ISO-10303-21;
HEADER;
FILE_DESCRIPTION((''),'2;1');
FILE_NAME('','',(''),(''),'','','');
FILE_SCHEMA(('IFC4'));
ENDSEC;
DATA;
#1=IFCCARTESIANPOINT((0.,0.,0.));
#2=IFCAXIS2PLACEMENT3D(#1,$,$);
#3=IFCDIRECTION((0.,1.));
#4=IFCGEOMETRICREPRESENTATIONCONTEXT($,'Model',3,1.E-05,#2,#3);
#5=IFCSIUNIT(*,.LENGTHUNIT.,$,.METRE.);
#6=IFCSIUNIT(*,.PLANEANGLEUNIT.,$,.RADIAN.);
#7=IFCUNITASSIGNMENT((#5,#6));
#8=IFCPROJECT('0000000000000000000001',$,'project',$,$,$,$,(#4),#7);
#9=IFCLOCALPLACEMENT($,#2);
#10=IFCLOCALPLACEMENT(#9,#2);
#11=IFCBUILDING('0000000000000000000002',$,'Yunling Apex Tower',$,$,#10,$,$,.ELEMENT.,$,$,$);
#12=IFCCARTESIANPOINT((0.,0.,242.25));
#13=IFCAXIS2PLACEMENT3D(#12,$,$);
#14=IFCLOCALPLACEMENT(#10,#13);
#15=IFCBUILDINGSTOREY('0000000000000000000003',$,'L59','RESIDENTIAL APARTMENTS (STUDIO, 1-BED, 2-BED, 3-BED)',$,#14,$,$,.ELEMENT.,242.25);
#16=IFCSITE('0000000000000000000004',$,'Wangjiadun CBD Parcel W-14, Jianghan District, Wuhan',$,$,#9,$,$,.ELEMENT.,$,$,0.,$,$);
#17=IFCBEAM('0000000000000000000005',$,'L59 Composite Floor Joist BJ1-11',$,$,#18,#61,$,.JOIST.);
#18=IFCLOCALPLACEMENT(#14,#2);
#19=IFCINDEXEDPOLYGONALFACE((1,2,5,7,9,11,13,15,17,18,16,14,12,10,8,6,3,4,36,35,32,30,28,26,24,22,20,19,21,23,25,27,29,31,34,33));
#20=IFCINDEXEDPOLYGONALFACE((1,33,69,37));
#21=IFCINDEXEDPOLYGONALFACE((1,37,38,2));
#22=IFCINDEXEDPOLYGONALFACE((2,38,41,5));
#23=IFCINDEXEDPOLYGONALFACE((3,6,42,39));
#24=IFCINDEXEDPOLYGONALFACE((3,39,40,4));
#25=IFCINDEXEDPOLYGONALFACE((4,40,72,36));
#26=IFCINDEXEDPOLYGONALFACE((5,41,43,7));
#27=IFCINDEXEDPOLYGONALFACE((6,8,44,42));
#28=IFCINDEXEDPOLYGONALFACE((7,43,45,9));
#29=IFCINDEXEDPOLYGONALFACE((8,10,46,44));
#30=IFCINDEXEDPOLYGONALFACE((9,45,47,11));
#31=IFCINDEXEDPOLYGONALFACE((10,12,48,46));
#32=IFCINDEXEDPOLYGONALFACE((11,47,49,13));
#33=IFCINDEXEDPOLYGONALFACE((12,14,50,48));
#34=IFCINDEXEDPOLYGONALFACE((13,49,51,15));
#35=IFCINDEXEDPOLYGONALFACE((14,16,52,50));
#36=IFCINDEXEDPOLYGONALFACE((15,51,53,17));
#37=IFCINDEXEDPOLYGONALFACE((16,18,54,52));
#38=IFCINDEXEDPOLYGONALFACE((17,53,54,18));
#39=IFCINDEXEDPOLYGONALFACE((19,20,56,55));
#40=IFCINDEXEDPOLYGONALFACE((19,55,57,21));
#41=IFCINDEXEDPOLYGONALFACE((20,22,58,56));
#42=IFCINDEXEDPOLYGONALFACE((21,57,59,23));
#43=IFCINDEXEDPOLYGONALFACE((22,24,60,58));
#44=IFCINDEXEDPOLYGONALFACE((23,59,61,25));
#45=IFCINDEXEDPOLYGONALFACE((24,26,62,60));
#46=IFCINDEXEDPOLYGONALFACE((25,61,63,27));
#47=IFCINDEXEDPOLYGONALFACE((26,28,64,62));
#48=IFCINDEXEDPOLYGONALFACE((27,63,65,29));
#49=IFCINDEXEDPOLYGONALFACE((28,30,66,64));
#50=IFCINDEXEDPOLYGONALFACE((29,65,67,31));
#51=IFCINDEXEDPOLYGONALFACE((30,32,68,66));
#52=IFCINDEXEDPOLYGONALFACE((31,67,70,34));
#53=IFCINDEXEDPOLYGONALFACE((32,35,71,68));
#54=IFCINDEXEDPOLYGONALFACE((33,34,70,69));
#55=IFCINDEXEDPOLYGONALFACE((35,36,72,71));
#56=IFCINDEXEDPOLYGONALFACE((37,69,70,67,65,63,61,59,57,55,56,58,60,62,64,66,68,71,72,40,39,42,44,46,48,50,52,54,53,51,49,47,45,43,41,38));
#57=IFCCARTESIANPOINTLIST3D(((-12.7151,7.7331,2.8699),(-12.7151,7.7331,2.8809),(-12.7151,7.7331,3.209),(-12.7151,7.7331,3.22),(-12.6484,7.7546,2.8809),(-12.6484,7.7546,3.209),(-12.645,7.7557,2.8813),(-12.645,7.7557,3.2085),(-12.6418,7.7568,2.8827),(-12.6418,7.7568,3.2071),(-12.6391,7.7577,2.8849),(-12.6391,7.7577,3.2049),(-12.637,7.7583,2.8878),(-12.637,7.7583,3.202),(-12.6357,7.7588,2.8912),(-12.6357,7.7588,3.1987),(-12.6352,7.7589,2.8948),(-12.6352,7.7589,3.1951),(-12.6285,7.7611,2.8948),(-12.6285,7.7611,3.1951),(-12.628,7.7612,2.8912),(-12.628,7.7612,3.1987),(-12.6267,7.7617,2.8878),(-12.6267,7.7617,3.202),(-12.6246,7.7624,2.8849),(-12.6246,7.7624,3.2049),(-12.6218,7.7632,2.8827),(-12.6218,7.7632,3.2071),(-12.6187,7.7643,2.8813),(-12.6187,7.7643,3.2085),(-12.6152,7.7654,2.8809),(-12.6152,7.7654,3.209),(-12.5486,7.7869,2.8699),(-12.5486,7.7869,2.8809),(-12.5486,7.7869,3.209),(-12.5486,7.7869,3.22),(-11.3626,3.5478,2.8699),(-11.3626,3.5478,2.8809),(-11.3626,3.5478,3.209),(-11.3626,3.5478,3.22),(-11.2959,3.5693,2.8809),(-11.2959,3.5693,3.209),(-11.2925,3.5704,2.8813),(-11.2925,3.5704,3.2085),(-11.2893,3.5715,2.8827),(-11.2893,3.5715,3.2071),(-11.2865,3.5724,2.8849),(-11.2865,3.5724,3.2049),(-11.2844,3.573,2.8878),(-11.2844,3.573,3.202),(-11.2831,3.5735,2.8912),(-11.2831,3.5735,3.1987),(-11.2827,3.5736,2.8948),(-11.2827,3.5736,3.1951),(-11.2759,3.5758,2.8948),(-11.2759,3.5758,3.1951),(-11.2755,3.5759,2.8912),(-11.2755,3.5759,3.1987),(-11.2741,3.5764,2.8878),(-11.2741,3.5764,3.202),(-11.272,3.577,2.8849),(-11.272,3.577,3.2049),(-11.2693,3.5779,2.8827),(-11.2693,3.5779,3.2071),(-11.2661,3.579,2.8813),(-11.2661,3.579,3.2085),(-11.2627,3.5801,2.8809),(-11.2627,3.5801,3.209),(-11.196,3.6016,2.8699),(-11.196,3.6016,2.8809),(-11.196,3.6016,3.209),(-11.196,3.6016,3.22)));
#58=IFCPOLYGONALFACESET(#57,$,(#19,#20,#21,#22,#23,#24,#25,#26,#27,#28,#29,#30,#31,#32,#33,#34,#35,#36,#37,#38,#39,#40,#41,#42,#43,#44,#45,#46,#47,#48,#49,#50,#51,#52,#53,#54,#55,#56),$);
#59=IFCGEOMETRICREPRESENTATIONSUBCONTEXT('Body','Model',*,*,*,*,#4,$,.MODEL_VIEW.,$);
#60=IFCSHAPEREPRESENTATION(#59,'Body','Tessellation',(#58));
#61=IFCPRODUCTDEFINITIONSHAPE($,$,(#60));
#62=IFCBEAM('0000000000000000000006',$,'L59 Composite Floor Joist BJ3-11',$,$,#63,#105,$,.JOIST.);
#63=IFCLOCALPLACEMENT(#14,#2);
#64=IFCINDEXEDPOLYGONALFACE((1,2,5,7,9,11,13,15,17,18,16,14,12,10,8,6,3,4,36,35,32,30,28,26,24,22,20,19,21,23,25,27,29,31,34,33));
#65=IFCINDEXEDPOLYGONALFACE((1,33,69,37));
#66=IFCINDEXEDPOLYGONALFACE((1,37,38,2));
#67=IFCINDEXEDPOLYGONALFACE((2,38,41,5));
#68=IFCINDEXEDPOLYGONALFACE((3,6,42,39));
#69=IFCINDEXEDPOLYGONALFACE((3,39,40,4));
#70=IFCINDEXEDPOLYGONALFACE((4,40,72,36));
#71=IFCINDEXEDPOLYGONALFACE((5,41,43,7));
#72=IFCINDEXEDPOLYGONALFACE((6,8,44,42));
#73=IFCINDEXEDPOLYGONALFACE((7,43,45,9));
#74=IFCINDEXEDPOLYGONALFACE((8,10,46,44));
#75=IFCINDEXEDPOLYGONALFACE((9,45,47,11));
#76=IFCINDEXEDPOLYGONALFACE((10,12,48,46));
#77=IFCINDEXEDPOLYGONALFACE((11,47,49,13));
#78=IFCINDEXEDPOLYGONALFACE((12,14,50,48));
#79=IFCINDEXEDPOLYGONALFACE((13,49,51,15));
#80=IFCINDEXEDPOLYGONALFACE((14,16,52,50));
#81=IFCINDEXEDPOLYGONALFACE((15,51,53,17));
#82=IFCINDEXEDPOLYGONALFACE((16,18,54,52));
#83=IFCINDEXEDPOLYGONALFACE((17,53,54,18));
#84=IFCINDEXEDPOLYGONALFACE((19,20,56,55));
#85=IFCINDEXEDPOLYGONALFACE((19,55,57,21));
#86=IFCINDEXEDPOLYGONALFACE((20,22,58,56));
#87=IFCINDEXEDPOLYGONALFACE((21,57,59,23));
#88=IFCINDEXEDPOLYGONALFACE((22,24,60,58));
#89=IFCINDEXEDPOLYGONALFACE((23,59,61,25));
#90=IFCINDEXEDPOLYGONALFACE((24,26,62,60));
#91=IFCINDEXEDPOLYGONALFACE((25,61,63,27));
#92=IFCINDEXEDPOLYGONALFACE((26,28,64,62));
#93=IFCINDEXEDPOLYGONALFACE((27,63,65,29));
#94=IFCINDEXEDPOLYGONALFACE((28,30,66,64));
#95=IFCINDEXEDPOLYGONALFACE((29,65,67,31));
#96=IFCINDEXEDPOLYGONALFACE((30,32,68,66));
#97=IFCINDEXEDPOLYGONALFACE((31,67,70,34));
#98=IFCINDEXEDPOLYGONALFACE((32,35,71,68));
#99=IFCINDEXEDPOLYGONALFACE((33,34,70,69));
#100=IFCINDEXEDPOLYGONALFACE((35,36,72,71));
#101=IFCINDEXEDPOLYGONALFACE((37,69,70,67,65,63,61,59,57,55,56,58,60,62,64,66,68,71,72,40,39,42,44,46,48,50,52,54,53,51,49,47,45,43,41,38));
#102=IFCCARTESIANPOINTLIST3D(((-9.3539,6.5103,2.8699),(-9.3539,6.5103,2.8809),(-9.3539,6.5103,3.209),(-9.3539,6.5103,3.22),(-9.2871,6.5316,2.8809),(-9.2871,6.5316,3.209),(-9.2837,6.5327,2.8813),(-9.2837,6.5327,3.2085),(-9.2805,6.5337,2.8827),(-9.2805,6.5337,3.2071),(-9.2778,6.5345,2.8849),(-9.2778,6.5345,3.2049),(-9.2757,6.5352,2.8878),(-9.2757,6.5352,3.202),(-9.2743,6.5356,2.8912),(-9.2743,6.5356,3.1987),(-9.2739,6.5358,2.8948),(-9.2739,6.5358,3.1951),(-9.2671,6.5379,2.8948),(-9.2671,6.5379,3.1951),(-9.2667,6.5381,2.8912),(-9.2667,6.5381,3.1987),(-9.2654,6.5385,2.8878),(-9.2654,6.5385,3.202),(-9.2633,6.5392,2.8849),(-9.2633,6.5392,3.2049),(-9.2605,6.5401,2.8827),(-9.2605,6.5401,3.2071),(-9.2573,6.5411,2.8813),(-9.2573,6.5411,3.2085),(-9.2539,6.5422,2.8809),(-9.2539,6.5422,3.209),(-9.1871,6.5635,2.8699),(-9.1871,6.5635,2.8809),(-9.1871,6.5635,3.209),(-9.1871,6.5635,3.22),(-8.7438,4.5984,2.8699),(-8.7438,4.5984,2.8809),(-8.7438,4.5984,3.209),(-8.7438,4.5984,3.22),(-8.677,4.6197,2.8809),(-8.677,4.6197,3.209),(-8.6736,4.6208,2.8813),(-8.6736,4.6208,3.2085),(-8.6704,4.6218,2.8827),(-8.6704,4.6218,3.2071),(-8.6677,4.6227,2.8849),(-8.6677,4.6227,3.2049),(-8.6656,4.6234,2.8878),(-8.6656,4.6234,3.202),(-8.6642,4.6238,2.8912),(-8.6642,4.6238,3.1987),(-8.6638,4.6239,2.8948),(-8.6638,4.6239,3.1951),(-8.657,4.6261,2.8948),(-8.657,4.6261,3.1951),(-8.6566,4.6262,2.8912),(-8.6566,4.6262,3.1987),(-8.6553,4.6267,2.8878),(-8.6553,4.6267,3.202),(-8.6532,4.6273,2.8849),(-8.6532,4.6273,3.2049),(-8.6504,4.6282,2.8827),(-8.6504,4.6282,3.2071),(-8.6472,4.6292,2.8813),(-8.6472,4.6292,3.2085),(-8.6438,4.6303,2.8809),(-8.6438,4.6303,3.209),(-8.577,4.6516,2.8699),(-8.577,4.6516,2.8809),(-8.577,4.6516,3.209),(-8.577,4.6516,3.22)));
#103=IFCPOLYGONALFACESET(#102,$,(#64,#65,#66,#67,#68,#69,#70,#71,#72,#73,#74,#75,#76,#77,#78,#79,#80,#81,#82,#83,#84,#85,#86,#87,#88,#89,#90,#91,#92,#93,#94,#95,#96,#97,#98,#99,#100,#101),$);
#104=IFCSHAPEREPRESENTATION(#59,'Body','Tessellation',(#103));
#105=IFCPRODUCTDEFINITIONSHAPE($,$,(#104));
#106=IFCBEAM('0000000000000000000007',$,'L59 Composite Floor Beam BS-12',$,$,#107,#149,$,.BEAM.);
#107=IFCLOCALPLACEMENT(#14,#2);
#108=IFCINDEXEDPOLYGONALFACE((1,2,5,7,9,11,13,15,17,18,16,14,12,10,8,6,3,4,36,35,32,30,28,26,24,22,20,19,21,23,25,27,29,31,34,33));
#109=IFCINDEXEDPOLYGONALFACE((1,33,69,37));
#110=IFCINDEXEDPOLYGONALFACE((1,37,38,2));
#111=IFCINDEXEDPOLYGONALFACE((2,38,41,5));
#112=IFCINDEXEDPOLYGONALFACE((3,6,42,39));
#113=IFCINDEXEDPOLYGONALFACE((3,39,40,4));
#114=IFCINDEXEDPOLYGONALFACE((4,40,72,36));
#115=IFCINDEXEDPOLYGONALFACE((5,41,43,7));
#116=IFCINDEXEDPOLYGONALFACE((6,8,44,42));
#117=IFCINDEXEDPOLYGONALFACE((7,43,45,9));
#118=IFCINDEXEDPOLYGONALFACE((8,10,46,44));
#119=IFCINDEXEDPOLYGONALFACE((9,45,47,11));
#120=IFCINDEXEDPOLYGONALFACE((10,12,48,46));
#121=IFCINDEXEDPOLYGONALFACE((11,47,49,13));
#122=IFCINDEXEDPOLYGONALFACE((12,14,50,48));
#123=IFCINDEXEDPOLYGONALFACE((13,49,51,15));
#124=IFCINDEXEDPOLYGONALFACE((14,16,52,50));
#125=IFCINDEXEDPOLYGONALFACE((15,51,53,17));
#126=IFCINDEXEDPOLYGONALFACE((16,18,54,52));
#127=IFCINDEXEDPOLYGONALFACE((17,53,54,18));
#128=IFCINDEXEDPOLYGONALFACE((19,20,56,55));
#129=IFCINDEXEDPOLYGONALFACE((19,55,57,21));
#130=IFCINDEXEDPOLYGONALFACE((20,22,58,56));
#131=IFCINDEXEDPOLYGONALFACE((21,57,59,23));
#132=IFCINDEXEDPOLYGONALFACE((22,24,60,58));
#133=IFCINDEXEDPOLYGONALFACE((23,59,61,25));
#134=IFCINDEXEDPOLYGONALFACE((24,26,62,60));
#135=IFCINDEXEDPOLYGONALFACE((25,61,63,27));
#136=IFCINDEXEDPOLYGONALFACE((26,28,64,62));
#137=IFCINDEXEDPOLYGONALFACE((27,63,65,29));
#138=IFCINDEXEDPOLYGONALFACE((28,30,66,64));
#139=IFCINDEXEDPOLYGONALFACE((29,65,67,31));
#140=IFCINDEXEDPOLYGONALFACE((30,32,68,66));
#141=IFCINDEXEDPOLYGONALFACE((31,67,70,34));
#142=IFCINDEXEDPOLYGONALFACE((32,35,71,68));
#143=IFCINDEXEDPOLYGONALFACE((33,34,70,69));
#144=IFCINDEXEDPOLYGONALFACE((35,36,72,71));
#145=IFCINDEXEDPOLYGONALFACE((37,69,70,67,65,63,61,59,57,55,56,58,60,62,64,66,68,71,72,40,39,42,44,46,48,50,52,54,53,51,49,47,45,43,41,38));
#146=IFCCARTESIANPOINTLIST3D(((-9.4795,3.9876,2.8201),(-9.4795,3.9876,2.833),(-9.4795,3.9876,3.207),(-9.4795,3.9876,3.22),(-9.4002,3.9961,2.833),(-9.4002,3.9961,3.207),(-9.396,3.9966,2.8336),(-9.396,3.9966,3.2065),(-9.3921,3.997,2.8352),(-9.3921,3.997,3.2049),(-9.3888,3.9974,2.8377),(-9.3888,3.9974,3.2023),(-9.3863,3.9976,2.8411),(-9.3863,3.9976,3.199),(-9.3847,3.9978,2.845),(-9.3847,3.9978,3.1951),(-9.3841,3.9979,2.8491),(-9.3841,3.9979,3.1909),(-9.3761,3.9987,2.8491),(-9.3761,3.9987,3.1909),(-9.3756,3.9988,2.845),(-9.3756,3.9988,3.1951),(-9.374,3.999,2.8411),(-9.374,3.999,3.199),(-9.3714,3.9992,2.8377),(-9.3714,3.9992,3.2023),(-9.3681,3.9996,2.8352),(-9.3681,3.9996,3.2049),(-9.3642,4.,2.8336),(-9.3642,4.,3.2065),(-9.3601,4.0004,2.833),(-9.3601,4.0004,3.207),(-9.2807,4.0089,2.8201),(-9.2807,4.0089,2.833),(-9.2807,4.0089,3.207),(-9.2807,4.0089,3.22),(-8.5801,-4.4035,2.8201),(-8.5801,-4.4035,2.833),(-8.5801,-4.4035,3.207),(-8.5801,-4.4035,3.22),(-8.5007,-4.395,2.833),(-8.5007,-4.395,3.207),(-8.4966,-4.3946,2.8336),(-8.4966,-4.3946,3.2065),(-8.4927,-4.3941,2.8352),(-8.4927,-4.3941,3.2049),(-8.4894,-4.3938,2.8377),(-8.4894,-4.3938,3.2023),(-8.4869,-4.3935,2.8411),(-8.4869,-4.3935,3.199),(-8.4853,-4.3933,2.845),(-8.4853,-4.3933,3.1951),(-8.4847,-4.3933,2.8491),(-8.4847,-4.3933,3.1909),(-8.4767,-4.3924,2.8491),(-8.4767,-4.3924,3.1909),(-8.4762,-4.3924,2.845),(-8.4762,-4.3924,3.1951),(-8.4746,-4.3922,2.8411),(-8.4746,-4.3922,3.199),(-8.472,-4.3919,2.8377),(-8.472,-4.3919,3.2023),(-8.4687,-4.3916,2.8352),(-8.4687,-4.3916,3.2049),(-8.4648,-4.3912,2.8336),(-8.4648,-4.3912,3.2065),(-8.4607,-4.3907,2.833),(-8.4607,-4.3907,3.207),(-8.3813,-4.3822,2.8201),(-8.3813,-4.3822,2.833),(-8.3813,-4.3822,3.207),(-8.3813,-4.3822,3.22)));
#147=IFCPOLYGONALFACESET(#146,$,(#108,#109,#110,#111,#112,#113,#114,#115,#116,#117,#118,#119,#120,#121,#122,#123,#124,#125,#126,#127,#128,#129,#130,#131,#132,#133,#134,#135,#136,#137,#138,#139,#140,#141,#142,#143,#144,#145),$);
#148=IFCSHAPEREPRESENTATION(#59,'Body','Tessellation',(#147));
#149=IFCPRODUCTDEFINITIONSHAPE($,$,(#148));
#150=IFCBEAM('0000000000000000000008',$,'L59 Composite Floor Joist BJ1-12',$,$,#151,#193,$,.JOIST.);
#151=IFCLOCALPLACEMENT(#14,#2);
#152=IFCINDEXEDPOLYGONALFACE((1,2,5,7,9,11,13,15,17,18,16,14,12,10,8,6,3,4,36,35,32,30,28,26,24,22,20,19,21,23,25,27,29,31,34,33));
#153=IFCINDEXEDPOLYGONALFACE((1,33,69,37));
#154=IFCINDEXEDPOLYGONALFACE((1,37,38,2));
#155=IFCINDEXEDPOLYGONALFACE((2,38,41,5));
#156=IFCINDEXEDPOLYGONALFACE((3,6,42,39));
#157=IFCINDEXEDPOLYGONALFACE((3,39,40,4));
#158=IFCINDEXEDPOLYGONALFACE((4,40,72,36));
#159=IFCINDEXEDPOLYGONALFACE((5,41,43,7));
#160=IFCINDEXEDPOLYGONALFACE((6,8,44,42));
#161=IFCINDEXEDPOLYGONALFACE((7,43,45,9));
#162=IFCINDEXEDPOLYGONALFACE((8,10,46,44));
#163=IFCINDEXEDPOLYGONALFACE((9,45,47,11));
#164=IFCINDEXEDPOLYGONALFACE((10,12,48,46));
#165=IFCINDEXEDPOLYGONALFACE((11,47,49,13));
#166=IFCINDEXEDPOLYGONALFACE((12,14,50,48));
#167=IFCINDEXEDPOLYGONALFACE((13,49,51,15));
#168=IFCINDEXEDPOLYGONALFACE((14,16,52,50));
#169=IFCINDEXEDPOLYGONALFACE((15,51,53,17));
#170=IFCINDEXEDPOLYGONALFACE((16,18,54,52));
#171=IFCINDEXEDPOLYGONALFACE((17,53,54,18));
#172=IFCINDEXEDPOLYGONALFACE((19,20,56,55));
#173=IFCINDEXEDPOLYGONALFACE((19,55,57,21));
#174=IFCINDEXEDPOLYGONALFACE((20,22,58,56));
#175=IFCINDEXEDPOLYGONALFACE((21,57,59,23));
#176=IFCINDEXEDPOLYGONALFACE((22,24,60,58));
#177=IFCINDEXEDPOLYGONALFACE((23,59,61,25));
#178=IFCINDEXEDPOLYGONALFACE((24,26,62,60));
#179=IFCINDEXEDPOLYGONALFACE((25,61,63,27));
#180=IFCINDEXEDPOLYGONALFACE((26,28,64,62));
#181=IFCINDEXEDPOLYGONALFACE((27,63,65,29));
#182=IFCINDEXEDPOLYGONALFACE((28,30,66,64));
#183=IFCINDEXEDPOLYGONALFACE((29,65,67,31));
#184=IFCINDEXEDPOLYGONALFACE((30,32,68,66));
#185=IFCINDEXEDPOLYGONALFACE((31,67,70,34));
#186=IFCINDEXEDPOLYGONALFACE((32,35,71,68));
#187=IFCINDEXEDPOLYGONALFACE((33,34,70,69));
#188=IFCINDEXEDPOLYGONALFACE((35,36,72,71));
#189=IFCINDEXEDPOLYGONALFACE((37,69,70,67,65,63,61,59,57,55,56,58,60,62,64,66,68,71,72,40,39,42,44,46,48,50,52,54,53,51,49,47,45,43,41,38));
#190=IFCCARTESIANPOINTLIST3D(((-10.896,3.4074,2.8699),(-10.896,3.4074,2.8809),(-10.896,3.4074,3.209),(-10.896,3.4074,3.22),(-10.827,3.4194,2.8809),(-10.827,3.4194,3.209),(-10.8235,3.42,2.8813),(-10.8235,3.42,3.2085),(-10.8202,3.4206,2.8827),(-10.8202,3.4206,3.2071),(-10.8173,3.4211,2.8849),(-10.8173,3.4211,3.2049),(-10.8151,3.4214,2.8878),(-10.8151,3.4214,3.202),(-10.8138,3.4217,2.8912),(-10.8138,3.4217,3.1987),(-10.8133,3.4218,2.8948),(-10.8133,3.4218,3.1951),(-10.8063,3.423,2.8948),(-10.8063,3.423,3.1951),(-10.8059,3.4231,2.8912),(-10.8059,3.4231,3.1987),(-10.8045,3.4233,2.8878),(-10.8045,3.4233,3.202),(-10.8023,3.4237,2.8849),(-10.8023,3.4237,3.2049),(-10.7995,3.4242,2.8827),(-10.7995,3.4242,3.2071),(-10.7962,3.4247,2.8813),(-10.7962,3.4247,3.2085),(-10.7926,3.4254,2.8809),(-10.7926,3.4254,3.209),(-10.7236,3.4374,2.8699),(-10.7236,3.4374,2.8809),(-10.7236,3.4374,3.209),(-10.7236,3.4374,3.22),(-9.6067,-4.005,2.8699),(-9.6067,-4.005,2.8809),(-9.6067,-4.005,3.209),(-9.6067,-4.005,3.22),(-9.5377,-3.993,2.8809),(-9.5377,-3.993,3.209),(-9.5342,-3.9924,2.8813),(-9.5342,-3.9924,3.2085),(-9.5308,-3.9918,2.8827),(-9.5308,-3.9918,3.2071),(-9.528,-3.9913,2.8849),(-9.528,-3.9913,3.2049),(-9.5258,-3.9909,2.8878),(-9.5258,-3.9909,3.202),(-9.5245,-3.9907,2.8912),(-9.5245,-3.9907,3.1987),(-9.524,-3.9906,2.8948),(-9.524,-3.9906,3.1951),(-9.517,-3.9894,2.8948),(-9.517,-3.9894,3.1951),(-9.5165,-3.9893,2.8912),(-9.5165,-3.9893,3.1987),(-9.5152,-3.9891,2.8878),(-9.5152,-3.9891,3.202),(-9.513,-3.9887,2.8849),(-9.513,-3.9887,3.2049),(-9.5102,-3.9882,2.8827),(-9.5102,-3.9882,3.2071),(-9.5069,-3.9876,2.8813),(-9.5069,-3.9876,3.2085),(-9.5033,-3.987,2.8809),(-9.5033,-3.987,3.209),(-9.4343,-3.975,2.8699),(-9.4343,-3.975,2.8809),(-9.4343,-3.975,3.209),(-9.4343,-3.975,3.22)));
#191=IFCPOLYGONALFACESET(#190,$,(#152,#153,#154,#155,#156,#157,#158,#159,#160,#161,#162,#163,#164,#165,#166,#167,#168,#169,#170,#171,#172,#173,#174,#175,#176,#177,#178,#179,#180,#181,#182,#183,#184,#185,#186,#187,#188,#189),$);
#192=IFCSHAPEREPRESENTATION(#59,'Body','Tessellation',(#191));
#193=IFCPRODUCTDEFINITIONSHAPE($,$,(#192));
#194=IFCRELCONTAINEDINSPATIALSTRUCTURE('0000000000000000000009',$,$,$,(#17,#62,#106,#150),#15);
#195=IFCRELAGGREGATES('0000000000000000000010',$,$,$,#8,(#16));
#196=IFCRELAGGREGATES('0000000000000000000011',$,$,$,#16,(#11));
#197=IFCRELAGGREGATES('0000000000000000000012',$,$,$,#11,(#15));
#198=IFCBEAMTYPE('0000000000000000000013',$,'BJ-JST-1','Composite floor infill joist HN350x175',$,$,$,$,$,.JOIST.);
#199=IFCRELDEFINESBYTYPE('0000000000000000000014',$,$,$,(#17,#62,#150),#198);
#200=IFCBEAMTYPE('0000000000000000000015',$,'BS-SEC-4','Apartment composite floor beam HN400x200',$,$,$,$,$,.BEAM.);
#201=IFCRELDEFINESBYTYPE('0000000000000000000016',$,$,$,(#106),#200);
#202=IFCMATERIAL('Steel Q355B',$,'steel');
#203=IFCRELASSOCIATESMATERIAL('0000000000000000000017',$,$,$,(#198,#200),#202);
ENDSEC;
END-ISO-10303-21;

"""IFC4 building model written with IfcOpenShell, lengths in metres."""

from ifc_helpers import new_model, si_unit, direction, frame, origin, origin_2d, place, context, subcontext, project, spatial, i_section, extrude, source, transform, mapped, material, material_profile, profile_set, type_object, element, save


model = new_model("IFC4")

# Units and contexts
model_context = context("Model", 3, precision=1e-05, world=origin(), true_north=direction((0.0, 1.0)))
body_context = subcontext(model_context, "Body", "Model", "MODEL_VIEW")
ifc_project = project(units=[si_unit("LENGTHUNIT", "METRE"), si_unit("PLANEANGLEUNIT", "RADIAN")], contexts=[model_context])

# Site, building, storey
site_placement = place(None, origin())
site = spatial("IfcSite", under=ifc_project, at=site_placement, Name="Wangjiadun CBD Parcel W-14, Jianghan District, Wuhan", CompositionType="ELEMENT", RefElevation=0.0)
building_placement = place(site_placement, origin())
building = spatial("IfcBuilding", under=site, at=building_placement, Name="Yunling Apex Tower", CompositionType="ELEMENT")
storey_placement = place(building_placement, frame((0.0, 0.0, 242.25)))
storey = spatial("IfcBuildingStorey", under=building, at=storey_placement, Name="L59", Description="RESIDENTIAL APARTMENTS (STUDIO, 1-BED, 2-BED, 3-BED)", CompositionType="ELEMENT", Elevation=242.25)

# Beams
ifc_material_1 = material(Name="Steel Q355B", Category="steel")
ifc_material_profile_1 = material_profile(ifc_material_1, i_section(OverallWidth=0.175, OverallDepth=0.3501, WebThickness=0.0071, FlangeThickness=0.011, FilletRadius=0.0139, at=origin_2d()))
ifc_profile_set_1 = profile_set([ifc_material_profile_1], Name="Steel Q355B")
beam_type_1 = type_object("IfcBeamType", Name="BJ-JST-1", Description="Composite floor infill joist HN350x175", PredefinedType="JOIST", material=ifc_profile_set_1)
ifc_material_profile_2 = material_profile(ifc_material_1, i_section(OverallWidth=0.2, OverallDepth=0.3999, WebThickness=0.0081, FlangeThickness=0.0129, FilletRadius=0.0161, at=origin_2d()))
ifc_profile_set_2 = profile_set([ifc_material_profile_2], Name="Steel Q355B")
beam_type_2 = type_object("IfcBeamType", Name="BS-SEC-4", Description="Apartment composite floor beam HN400x200", PredefinedType="BEAM", material=ifc_profile_set_2)
shared_shape_1 = source(origin(), body_context, "Body", "SweptSolid", [
    extrude(i_section(OverallWidth=0.175, OverallDepth=0.3501, WebThickness=0.0071, FlangeThickness=0.011, FilletRadius=0.0139, at=origin_2d()), origin(), (0.0, 0.0, 1.0), 4.3984),
])
beam_1_placement = place(storey_placement, frame((-12.6318, 7.76, 3.0449), z_axis=(0.307505, -0.951546, 0.0), x_axis=(0.951546, 0.307505, 0.0)))
element("IfcBeam", 1, at=beam_1_placement, inside=storey, type_object=beam_type_1, Name="L59 Composite Floor Joist BJ1-11", PredefinedType="JOIST", context=body_context, shape_type="MappedRepresentation", body=[
    mapped(shared_shape_1, transform((0.0, 0.0, 0.0), scale=1.0)),
])
shared_shape_2 = source(origin(), body_context, "Body", "SweptSolid", [
    extrude(i_section(OverallWidth=0.175, OverallDepth=0.3501, WebThickness=0.0071, FlangeThickness=0.011, FilletRadius=0.0139, at=origin_2d()), origin(), (0.0, 0.0, 1.0), 2.0068),
])
beam_2_placement = place(storey_placement, frame((-9.2705, 6.5369, 3.0449), z_axis=(0.304012, -0.952668, 0.0), x_axis=(0.952668, 0.304012, 0.0)))
element("IfcBeam", 2, at=beam_2_placement, inside=storey, type_object=beam_type_1, Name="L59 Composite Floor Joist BJ3-11", PredefinedType="JOIST", context=body_context, shape_type="MappedRepresentation", body=[
    mapped(shared_shape_2, transform((0.0, 0.0, 0.0), scale=1.0)),
])
shared_shape_3 = source(origin(), body_context, "Body", "SweptSolid", [
    extrude(i_section(OverallWidth=0.2, OverallDepth=0.3999, WebThickness=0.0081, FlangeThickness=0.0129, FilletRadius=0.0161, at=origin_2d()), origin(), (0.0, 0.0, 1.0), 8.4392),
])
beam_3_placement = place(storey_placement, frame((-9.3801, 3.9983, 3.02), z_axis=(0.106576, -0.994305, 0.0), x_axis=(0.994305, 0.106576, 0.0)))
element("IfcBeam", 3, at=beam_3_placement, inside=storey, type_object=beam_type_2, Name="L59 Composite Floor Beam BS-12", PredefinedType="BEAM", context=body_context, shape_type="MappedRepresentation", body=[
    mapped(shared_shape_3, transform((0.0, 0.0, 0.0), scale=1.0)),
])
shared_shape_4 = source(origin(), body_context, "Body", "SweptSolid", [
    extrude(i_section(OverallWidth=0.175, OverallDepth=0.3501, WebThickness=0.0071, FlangeThickness=0.011, FilletRadius=0.0139, at=origin_2d()), origin(), (0.0, 0.0, 1.0), 7.5237),
])
beam_4_placement = place(storey_placement, frame((-10.8098, 3.4224, 3.0449), z_axis=(0.171367, -0.985207, 0.0), x_axis=(0.985207, 0.171367, 0.0)))
element("IfcBeam", 4, at=beam_4_placement, inside=storey, type_object=beam_type_1, Name="L59 Composite Floor Joist BJ1-12", PredefinedType="JOIST", context=body_context, shape_type="MappedRepresentation", body=[
    mapped(shared_shape_4, transform((0.0, 0.0, 0.0), scale=1.0)),
])

save(model, "model.ifc")
